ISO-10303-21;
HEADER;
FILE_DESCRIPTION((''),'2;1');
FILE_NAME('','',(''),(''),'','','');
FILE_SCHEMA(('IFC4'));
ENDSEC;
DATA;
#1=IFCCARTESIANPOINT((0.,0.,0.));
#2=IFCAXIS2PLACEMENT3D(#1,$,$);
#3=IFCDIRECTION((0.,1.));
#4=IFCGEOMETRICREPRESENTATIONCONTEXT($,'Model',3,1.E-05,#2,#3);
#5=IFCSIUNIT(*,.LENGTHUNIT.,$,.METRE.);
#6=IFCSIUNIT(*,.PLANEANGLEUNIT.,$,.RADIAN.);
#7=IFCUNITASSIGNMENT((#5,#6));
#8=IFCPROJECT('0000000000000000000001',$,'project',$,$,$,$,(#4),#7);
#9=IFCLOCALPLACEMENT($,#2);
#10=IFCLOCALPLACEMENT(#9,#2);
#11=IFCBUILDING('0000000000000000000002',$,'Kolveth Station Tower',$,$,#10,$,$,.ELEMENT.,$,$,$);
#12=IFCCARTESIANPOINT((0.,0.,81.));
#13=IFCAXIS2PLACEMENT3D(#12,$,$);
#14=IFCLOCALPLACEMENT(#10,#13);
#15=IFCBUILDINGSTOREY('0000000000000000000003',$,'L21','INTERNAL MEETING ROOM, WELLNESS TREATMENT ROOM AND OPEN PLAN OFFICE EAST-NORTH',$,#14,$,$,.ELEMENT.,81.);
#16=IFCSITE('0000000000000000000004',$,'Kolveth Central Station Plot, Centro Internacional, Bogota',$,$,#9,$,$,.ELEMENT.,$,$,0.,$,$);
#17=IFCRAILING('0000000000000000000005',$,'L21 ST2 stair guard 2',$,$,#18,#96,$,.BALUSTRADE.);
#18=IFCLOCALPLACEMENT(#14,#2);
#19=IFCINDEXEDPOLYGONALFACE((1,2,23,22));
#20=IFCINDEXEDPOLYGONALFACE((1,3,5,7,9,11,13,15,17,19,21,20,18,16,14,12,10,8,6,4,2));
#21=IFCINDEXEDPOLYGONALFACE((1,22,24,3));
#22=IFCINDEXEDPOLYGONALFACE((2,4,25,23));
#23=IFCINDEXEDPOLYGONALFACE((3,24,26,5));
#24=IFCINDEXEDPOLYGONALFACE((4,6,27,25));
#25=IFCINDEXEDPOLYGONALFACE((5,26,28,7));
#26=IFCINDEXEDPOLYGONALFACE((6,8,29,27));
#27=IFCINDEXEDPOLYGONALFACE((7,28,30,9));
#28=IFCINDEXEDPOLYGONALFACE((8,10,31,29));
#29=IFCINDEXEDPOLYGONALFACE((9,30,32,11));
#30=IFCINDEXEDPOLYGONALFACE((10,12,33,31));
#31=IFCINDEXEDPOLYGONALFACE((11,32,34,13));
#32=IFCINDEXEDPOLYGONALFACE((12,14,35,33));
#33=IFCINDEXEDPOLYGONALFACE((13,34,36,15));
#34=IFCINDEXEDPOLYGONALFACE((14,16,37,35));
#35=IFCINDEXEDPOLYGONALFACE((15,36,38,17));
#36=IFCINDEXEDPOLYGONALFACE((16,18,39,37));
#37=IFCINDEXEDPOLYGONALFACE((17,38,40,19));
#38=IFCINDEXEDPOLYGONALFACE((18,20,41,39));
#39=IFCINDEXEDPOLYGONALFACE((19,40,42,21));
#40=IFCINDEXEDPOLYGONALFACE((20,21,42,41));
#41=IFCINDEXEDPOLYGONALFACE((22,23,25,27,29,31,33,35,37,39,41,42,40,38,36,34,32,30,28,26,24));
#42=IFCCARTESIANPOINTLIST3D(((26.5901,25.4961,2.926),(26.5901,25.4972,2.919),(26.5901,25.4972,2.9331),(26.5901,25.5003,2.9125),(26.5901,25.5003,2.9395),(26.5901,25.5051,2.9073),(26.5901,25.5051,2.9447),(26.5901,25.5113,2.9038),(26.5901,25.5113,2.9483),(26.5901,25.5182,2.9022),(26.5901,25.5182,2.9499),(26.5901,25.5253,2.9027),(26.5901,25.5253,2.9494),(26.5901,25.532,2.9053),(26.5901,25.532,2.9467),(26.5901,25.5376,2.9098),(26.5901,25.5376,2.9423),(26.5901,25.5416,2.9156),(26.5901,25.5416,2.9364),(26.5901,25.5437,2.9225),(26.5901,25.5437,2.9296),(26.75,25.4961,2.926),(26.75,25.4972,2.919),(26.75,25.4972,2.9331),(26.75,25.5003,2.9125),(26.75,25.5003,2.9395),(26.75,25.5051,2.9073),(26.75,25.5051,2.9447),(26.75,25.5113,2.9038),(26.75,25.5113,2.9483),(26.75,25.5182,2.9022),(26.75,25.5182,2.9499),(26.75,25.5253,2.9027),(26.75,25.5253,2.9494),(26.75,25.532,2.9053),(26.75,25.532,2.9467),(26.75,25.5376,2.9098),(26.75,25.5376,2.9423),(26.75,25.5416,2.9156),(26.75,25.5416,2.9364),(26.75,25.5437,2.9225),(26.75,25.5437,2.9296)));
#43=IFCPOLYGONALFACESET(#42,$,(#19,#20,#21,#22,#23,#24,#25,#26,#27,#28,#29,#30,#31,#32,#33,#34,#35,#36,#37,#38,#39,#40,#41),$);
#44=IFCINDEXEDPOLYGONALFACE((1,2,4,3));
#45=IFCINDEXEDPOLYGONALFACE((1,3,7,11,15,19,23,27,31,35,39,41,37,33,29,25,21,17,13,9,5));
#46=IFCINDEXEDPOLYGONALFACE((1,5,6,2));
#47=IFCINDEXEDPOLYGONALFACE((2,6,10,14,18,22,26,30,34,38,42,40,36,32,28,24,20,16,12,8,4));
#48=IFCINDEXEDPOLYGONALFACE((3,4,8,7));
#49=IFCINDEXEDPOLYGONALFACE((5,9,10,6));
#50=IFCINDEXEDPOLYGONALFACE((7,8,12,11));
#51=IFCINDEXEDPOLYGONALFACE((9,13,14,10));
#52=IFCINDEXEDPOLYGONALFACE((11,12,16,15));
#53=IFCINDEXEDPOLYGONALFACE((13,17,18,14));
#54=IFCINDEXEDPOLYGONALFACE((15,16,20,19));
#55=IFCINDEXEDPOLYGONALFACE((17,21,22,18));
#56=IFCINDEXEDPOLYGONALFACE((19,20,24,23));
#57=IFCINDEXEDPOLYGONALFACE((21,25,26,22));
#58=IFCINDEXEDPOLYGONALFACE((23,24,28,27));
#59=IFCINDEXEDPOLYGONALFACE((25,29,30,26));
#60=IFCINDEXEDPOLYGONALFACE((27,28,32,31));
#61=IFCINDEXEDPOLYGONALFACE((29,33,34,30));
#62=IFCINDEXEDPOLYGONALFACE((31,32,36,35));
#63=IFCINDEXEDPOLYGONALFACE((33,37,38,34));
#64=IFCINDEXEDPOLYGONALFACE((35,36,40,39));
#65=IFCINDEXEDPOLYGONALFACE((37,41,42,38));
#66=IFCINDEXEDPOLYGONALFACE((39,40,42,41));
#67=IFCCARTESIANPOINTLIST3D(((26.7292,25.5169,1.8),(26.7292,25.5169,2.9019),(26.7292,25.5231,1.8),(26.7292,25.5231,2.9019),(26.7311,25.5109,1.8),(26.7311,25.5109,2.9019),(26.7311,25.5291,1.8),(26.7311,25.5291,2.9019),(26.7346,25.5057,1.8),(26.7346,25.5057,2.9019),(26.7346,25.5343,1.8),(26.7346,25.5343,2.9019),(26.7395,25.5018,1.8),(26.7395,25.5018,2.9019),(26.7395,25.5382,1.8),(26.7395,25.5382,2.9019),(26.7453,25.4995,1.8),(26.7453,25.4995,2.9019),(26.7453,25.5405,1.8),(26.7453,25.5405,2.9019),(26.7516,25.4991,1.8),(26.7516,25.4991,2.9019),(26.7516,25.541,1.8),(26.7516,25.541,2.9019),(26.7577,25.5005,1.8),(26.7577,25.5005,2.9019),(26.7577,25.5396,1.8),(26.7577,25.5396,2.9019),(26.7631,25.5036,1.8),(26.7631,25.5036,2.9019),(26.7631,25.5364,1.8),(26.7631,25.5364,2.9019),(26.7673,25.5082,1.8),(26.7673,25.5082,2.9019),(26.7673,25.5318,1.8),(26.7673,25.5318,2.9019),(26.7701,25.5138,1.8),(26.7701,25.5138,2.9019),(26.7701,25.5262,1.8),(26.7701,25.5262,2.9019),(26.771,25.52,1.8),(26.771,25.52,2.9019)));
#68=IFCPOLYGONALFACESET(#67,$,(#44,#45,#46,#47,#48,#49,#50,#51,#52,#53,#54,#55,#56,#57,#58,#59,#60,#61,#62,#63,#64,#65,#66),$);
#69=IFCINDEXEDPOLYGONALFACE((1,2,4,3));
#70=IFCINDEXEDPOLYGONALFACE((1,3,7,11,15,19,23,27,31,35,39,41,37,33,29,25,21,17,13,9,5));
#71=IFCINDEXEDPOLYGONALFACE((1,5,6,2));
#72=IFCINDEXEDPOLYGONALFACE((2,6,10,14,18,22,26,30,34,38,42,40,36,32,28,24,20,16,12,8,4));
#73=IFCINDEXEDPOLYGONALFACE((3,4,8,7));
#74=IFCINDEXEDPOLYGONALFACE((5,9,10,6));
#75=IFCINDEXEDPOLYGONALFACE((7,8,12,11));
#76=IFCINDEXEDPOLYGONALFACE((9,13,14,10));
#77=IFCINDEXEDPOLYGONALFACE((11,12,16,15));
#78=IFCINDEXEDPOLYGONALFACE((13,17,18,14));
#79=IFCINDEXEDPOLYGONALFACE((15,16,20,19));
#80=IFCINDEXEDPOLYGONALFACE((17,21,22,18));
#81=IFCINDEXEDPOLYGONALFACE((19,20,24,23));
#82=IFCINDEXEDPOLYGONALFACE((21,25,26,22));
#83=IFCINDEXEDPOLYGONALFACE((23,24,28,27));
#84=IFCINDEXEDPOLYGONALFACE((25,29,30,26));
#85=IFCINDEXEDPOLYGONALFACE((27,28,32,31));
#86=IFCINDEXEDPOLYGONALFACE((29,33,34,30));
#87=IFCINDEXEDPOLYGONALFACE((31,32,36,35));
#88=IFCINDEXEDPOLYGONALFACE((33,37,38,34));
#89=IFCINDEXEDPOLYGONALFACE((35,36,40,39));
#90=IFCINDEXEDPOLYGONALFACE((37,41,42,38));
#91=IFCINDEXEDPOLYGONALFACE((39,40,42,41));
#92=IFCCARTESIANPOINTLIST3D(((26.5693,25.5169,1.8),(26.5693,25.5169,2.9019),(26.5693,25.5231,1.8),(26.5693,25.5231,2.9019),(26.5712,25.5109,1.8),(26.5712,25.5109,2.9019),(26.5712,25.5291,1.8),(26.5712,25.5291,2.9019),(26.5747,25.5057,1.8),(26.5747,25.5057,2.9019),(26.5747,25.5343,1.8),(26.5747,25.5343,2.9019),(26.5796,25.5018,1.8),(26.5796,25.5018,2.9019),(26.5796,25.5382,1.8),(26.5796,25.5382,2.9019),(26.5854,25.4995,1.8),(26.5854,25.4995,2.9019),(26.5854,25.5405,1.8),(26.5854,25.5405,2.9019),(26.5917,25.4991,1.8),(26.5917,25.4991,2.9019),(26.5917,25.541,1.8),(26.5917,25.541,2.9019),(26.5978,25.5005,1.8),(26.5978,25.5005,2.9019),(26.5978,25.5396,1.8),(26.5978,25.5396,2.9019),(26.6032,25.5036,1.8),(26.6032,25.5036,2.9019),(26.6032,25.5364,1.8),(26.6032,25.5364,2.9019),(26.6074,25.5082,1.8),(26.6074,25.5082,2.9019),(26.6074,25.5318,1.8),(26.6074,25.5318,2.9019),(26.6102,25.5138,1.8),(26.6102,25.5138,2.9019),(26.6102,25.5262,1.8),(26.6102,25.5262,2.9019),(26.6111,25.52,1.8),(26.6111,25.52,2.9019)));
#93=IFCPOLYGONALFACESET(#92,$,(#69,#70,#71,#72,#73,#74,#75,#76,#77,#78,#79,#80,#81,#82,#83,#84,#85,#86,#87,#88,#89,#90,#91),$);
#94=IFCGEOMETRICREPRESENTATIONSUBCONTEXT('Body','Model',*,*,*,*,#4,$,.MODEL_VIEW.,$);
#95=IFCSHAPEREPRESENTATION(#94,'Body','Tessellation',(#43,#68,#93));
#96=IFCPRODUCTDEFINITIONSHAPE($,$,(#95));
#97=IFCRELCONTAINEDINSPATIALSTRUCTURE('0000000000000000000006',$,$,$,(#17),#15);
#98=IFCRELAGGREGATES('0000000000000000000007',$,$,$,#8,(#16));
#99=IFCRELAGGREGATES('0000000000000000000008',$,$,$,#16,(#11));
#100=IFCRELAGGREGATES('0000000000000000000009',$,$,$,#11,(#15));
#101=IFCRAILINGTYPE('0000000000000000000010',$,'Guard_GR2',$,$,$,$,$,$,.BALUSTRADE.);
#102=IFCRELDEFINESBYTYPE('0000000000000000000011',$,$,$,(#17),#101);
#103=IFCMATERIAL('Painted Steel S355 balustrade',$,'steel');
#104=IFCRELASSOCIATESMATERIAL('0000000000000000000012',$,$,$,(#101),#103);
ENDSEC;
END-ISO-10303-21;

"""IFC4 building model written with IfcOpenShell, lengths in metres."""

from ifc_helpers import new_model, si_unit, direction, frame, origin, origin_2d, place, context, subcontext, project, spatial, circle, extrude, material, type_object, element, save


model = new_model("IFC4")

# Units and contexts
model_context = context("Model", 3, precision=1e-05, world=origin(), true_north=direction((0.0, 1.0)))
body_context = subcontext(model_context, "Body", "Model", "MODEL_VIEW")
ifc_project = project(units=[si_unit("LENGTHUNIT", "METRE"), si_unit("PLANEANGLEUNIT", "RADIAN")], contexts=[model_context])

# Site, building, storey
site_placement = place(None, origin())
site = spatial("IfcSite", under=ifc_project, at=site_placement, Name="Kolveth Central Station Plot, Centro Internacional, Bogota", CompositionType="ELEMENT", RefElevation=0.0)
building_placement = place(site_placement, origin())
building = spatial("IfcBuilding", under=site, at=building_placement, Name="Kolveth Station Tower", CompositionType="ELEMENT")
storey_placement = place(building_placement, frame((0.0, 0.0, 81.0)))
storey = spatial("IfcBuildingStorey", under=building, at=storey_placement, Name="L21", Description="INTERNAL MEETING ROOM, WELLNESS TREATMENT ROOM AND OPEN PLAN OFFICE EAST-NORTH", CompositionType="ELEMENT", Elevation=81.0)

# Railing
ifc_material_1 = material(Name="Painted Steel S355 balustrade", Category="steel")
railing_type_1 = type_object("IfcRailingType", Name="Guard_GR2", PredefinedType="BALUSTRADE", material=ifc_material_1)
railing_1_placement = place(storey_placement, frame((26.75, 25.52, 1.8)))
element("IfcRailing", 1, at=railing_1_placement, inside=storey, type_object=railing_type_1, Name="L21 ST2 stair guard 2", PredefinedType="BALUSTRADE", context=body_context, shape_type="SweptSolid", body=[
    extrude(circle(Radius=0.0239, at=origin_2d()), frame((0.0, 0.0, 1.126), z_axis=(-1.0, 0.0, 0.0), x_axis=(0.0, -1.0, 0.0)), (0.0, 0.0, 1.0), 0.1599),
    extrude(circle(Radius=0.021, at=origin_2d()), origin(), (0.0, 0.0, 1.0), 1.1018),
    extrude(circle(Radius=0.021, at=origin_2d()), frame((-0.1599, 0.0, 0.0)), (0.0, 0.0, 1.0), 1.1018),
])

save(model, "model.ifc")
